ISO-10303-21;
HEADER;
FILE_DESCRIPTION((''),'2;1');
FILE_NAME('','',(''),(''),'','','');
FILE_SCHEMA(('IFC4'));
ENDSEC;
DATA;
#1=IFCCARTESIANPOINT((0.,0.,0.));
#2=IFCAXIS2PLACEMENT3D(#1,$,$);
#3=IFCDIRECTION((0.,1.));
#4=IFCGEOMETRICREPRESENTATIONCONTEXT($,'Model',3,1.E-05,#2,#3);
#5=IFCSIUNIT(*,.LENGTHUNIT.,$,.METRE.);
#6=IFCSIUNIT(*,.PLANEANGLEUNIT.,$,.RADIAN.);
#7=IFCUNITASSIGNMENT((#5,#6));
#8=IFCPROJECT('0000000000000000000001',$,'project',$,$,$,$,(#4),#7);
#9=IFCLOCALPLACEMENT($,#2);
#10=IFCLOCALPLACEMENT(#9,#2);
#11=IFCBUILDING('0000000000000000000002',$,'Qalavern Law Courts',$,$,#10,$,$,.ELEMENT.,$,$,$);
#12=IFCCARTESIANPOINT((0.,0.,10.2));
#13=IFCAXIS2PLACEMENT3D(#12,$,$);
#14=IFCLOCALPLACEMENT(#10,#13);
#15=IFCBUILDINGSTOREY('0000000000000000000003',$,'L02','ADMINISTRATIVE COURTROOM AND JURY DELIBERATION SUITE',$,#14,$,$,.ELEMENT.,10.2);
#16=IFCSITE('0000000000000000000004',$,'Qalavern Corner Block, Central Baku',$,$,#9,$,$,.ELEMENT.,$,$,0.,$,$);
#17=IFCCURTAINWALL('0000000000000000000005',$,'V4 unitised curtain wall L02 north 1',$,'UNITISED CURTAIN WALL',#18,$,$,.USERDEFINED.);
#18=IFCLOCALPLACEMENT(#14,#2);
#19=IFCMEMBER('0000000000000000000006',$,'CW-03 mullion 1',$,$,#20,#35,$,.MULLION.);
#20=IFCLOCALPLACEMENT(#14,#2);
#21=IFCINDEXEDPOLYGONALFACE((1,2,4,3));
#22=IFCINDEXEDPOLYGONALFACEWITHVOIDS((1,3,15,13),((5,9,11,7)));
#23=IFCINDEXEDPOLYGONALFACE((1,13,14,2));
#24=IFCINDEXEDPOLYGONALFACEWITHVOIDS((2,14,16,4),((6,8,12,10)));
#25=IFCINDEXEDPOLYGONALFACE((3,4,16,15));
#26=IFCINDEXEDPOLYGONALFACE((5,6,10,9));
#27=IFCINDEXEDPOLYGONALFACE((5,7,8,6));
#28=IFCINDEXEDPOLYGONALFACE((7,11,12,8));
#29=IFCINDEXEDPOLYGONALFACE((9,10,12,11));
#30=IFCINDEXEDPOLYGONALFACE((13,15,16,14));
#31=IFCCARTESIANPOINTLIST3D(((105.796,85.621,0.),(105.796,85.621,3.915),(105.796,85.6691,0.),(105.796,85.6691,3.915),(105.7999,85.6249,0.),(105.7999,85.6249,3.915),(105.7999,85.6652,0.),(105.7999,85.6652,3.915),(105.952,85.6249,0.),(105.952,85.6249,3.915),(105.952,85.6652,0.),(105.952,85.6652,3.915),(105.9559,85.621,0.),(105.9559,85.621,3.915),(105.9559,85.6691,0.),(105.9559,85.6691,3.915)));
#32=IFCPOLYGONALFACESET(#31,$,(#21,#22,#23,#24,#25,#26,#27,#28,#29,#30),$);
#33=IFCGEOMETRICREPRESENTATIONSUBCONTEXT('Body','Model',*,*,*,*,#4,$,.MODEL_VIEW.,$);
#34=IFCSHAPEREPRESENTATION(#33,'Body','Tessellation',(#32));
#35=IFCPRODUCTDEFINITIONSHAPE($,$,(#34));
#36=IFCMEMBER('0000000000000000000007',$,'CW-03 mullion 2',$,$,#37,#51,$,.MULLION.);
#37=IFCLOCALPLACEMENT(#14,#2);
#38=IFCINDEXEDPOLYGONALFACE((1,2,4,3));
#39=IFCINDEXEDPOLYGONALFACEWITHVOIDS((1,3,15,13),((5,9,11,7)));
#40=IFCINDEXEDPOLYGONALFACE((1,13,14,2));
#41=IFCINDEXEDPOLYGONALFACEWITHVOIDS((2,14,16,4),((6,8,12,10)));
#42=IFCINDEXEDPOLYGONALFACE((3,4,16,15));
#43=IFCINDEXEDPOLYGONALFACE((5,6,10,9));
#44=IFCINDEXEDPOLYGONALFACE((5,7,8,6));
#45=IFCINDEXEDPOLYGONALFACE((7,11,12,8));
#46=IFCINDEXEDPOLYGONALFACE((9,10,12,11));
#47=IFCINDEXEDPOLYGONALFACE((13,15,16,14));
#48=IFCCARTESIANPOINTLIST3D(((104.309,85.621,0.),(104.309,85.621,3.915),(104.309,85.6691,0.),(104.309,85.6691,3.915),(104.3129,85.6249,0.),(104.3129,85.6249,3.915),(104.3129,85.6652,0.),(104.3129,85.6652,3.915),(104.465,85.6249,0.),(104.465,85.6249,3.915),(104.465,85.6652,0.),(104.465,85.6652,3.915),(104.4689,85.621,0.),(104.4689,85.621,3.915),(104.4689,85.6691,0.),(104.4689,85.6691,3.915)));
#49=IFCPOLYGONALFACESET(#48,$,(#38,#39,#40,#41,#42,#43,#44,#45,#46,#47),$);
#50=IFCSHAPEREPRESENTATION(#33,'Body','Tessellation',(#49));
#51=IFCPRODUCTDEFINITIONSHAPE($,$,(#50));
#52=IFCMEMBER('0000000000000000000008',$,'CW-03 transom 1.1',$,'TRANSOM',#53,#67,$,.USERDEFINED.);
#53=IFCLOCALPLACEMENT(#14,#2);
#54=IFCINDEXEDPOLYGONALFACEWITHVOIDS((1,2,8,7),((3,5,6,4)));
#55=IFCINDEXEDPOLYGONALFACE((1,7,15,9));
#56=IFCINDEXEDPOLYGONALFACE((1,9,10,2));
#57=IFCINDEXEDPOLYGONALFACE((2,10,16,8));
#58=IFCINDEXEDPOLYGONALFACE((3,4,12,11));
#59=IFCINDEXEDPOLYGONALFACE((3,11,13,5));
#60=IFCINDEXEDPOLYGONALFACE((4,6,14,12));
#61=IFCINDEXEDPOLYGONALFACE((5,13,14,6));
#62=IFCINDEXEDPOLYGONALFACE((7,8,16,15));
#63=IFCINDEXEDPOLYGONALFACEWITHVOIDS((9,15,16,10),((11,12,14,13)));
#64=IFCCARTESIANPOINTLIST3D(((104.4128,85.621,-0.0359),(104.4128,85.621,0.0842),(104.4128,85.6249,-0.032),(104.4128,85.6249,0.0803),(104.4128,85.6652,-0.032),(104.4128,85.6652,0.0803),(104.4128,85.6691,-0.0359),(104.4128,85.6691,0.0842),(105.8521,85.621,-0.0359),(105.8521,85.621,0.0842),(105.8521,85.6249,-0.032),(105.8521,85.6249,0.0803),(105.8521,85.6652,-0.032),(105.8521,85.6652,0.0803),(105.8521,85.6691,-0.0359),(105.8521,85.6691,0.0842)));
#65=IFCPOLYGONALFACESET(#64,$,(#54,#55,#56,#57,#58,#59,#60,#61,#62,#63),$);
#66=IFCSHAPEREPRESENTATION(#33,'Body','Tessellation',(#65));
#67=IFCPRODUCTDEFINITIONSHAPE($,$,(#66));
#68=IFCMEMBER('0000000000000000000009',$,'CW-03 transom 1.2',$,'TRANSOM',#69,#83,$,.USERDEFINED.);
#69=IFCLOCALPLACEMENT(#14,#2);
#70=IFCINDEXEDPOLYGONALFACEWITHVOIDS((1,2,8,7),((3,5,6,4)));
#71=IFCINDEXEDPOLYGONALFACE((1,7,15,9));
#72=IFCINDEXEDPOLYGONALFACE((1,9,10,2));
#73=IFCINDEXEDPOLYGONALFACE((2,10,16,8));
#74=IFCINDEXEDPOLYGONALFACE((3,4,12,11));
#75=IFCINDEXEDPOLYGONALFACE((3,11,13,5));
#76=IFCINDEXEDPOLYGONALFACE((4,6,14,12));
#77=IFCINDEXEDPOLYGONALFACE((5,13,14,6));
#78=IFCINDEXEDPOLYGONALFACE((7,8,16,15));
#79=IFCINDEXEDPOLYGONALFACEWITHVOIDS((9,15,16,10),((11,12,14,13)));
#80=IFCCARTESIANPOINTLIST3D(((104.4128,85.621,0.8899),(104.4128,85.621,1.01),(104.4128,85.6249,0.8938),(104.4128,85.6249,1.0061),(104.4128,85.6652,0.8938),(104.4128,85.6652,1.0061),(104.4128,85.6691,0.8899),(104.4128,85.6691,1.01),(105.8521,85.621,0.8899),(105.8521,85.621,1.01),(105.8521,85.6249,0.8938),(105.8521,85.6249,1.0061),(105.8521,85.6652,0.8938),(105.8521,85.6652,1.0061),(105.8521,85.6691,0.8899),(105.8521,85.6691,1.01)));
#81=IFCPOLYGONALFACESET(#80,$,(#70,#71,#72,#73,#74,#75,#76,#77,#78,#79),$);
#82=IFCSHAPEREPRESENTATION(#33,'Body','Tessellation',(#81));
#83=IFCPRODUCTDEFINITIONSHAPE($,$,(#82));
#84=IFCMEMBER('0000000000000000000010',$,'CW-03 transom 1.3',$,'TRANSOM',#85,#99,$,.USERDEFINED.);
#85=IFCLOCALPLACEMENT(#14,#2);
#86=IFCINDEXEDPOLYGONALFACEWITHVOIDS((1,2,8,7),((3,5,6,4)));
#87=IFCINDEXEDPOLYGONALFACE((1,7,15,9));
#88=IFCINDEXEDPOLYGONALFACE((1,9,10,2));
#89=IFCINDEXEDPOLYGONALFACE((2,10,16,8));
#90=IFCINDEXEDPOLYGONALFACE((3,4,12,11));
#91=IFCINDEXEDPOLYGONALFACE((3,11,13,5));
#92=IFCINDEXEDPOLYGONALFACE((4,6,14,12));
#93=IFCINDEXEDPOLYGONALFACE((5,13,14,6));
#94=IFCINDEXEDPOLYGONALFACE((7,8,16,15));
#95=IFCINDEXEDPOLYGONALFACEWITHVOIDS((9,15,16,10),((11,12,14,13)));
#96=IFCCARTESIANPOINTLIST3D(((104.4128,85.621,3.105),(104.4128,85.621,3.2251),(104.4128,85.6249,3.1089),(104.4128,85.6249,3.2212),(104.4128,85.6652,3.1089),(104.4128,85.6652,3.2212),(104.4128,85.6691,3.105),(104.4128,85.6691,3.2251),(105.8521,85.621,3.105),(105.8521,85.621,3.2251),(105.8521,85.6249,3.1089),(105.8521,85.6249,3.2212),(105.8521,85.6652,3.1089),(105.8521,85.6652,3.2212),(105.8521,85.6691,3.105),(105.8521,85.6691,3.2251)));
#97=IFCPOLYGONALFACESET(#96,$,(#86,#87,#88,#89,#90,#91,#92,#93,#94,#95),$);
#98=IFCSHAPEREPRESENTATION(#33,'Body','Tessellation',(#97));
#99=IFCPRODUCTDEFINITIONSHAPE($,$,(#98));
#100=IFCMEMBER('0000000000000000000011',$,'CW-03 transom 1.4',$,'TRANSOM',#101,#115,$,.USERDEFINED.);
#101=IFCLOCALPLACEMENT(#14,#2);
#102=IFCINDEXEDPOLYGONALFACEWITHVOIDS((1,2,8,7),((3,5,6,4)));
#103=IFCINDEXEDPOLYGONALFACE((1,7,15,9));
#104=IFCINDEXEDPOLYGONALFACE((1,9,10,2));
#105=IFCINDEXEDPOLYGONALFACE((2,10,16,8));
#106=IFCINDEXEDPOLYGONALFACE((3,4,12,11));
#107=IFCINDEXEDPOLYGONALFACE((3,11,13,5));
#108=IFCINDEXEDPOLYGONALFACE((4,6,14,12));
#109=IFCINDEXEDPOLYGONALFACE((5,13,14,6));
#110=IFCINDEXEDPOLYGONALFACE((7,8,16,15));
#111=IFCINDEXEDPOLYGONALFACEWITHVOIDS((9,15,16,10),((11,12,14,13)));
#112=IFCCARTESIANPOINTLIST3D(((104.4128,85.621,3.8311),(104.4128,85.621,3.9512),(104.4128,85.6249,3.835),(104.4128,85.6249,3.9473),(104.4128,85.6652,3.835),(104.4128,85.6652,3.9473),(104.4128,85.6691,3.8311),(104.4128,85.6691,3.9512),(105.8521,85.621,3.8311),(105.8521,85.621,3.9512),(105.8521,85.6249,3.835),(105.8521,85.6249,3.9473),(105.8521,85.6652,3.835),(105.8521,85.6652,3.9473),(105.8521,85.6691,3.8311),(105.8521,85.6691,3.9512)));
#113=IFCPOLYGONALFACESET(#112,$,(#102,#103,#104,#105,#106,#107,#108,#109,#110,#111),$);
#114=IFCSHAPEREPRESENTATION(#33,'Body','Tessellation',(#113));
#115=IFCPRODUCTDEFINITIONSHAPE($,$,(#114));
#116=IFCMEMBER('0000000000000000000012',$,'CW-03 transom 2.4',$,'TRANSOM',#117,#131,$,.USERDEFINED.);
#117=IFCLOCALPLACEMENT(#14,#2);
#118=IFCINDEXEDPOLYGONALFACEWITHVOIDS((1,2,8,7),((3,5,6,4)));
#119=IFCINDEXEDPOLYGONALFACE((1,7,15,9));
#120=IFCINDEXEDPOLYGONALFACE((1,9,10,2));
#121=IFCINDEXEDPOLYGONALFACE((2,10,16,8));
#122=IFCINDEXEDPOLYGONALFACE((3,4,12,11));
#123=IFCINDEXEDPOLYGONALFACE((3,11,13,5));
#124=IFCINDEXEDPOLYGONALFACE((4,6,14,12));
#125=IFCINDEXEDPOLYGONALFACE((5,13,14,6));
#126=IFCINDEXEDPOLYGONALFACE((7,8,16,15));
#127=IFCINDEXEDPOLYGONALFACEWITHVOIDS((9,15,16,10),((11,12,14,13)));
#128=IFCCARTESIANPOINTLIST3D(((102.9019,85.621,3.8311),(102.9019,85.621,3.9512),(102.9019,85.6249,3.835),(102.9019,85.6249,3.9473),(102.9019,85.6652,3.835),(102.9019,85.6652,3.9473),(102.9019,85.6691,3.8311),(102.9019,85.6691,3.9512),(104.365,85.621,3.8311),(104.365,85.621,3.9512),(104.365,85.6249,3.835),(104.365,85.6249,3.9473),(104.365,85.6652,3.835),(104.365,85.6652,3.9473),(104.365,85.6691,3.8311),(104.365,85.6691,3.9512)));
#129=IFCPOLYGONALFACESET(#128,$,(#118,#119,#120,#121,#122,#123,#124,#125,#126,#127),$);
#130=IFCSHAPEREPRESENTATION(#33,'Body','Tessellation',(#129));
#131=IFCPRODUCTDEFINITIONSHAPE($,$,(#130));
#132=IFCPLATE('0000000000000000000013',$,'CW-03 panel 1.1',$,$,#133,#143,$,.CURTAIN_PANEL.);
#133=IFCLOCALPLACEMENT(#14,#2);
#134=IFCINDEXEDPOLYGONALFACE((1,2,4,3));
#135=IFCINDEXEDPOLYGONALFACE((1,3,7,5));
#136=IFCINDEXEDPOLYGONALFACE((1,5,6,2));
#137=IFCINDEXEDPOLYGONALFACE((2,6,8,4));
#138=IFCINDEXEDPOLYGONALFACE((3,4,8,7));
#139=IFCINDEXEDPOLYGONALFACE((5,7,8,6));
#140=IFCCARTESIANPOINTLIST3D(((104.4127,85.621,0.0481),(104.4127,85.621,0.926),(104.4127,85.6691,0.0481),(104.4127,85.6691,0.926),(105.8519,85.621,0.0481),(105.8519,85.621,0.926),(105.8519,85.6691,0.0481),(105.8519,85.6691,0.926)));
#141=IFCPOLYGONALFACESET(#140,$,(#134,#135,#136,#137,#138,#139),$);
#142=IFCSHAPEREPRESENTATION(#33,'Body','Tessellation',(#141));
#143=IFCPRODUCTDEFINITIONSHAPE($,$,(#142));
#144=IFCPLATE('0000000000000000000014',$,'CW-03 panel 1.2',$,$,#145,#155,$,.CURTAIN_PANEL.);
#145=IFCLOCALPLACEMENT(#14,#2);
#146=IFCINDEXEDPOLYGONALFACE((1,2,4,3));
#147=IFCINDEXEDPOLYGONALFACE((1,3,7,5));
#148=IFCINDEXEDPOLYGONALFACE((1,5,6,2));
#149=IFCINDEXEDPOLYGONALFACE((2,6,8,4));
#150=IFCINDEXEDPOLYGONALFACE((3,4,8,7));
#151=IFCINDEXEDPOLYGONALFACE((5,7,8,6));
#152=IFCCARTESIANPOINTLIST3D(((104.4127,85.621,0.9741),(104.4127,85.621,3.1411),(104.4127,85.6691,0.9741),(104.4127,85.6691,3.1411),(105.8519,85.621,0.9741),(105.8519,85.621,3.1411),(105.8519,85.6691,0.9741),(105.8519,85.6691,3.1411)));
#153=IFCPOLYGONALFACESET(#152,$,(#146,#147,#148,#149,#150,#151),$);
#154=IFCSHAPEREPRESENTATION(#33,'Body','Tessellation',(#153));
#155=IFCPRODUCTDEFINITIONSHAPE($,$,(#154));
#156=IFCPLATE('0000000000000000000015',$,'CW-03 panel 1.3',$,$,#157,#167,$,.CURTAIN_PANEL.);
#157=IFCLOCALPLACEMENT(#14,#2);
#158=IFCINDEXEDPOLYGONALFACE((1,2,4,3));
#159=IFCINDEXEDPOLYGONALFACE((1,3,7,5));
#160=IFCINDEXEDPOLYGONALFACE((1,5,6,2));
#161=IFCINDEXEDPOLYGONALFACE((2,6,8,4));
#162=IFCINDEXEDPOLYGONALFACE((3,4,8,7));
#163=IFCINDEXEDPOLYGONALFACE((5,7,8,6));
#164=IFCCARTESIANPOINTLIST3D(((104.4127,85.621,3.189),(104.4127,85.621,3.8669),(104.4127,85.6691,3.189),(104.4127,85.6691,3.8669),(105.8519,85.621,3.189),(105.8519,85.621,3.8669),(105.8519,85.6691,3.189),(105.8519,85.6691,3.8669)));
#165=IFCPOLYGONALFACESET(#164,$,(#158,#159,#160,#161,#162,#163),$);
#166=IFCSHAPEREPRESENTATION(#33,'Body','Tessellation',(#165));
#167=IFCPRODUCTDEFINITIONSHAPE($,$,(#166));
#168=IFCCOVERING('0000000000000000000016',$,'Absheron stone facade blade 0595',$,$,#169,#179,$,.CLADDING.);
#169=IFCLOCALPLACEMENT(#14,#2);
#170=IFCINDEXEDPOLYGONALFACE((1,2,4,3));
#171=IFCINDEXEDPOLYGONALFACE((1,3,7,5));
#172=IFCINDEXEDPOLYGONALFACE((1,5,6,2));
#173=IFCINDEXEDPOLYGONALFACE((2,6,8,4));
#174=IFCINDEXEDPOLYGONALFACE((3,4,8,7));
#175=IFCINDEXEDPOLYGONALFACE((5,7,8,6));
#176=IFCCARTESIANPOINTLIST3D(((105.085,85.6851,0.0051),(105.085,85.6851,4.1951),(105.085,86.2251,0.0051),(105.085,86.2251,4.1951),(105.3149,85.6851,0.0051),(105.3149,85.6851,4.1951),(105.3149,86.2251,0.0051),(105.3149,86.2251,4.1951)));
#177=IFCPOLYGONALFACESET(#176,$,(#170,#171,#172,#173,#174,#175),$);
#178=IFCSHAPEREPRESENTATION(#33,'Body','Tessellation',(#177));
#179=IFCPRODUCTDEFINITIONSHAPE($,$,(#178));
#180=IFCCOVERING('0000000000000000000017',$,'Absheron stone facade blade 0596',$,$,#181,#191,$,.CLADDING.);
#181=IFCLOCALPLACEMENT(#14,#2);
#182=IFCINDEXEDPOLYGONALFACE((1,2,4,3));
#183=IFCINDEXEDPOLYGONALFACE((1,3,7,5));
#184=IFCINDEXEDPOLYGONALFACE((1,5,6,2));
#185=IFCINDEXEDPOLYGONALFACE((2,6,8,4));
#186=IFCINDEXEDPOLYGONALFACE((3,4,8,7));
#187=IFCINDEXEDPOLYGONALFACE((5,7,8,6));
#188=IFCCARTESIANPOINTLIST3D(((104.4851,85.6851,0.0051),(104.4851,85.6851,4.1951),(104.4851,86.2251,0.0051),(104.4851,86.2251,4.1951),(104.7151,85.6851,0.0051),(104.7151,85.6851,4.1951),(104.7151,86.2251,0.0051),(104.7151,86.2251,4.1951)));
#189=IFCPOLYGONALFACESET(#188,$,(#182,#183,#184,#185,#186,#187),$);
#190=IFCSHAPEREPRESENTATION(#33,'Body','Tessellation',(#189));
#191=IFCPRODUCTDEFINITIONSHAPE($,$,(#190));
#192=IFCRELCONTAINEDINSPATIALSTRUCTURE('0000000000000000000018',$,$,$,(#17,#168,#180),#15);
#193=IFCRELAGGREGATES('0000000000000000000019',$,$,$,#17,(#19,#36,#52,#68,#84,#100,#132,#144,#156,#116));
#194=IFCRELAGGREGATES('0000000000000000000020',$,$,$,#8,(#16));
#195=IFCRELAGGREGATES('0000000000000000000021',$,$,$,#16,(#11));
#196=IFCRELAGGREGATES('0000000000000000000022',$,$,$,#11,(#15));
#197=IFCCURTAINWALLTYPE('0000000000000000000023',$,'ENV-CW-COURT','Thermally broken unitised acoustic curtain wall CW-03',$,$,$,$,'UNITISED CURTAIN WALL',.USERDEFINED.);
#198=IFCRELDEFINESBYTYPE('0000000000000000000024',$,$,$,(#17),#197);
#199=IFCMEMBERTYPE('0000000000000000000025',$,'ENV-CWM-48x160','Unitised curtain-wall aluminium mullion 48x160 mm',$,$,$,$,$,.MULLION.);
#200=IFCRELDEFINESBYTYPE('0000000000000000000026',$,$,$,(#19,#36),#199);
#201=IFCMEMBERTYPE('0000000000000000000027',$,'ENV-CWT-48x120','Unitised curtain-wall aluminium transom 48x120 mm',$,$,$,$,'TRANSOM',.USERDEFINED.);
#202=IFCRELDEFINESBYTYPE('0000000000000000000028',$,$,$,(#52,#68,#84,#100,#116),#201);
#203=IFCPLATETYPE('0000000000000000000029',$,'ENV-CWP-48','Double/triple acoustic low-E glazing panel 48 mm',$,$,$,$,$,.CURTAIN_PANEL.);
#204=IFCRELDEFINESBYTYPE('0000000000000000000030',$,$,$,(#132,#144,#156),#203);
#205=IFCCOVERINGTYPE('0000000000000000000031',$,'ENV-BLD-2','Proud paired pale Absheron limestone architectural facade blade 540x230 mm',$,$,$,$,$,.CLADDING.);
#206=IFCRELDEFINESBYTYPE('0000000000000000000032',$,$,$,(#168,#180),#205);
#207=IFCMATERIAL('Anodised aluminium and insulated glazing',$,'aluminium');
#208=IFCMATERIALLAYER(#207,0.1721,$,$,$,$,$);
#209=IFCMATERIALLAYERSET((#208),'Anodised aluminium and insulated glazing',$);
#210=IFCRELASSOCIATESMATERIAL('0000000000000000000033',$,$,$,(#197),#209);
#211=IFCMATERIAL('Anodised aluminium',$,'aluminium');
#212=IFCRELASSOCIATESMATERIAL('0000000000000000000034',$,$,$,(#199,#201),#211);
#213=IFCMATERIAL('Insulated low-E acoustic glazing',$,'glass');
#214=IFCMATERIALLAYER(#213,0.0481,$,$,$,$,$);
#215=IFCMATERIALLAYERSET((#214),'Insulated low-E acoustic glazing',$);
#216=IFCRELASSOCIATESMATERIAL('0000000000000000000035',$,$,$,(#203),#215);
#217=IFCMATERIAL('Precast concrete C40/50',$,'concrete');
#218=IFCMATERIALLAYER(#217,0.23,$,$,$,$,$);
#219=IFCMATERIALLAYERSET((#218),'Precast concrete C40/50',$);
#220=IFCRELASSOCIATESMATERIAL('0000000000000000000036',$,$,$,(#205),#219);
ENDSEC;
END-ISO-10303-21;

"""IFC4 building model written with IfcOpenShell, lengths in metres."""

from ifc_helpers import new_model, si_unit, direction, frame, origin, origin_2d, place, context, subcontext, project, spatial, rectangle, hollow_rectangle, extrude, material, layer, layer_set, material_profile, profile_set, type_object, element, aggregate, save


model = new_model("IFC4")

# Units and contexts
model_context = context("Model", 3, precision=1e-05, world=origin(), true_north=direction((0.0, 1.0)))
body_context = subcontext(model_context, "Body", "Model", "MODEL_VIEW")
ifc_project = project(units=[si_unit("LENGTHUNIT", "METRE"), si_unit("PLANEANGLEUNIT", "RADIAN")], contexts=[model_context])

# Site, building, storey
site_placement = place(None, origin())
site = spatial("IfcSite", under=ifc_project, at=site_placement, Name="Qalavern Corner Block, Central Baku", CompositionType="ELEMENT", RefElevation=0.0)
building_placement = place(site_placement, origin())
building = spatial("IfcBuilding", under=site, at=building_placement, Name="Qalavern Law Courts", CompositionType="ELEMENT")
storey_placement = place(building_placement, frame((0.0, 0.0, 10.2)))
storey = spatial("IfcBuildingStorey", under=building, at=storey_placement, Name="L02", Description="ADMINISTRATIVE COURTROOM AND JURY DELIBERATION SUITE", CompositionType="ELEMENT", Elevation=10.2)

# Curtain wall, members, plates
ifc_material_1 = material(Name="Anodised aluminium and insulated glazing", Category="aluminium")
ifc_layer_1 = layer(ifc_material_1, 0.1721)
ifc_layer_set_1 = layer_set([ifc_layer_1], Name="Anodised aluminium and insulated glazing")
curtain_wall_type = type_object("IfcCurtainWallType", Name="ENV-CW-COURT", Description="Thermally broken unitised acoustic curtain wall CW-03", ElementType="UNITISED CURTAIN WALL", PredefinedType="USERDEFINED", material=ifc_layer_set_1)
curtain_wall_placement = place(storey_placement, origin())
curtain_wall = element("IfcCurtainWall", 1, at=curtain_wall_placement, inside=storey, type_object=curtain_wall_type, Name="V4 unitised curtain wall L02 north 1", ObjectType="UNITISED CURTAIN WALL", PredefinedType="USERDEFINED")
ifc_material_2 = material(Name="Anodised aluminium", Category="aluminium")
ifc_material_profile_1 = material_profile(ifc_material_2, hollow_rectangle(XDim=0.0481, YDim=0.1599, WallThickness=0.0039, at=origin_2d()), Name="ALU MULLION 48x160")
ifc_profile_set_1 = profile_set([ifc_material_profile_1], Name="Anodised aluminium")
member_type_1 = type_object("IfcMemberType", Name="ENV-CWM-48x160", Description="Unitised curtain-wall aluminium mullion 48x160 mm", PredefinedType="MULLION", material=ifc_profile_set_1)
member_1_placement = place(storey_placement, frame((105.876, 85.645, 0.0), z_axis=(0.0, 0.0, 1.0), x_axis=(0.0, -1.0, 0.0)))
member_1 = element("IfcMember", 2, at=member_1_placement, type_object=member_type_1, Name="CW-03 mullion 1", PredefinedType="MULLION", context=body_context, shape_type="SweptSolid", body=[
    extrude(hollow_rectangle(XDim=0.0481, YDim=0.1599, WallThickness=0.0039, at=origin_2d()), origin(), (0.0, 0.0, 1.0), 3.915),
])
member_2_placement = place(storey_placement, frame((104.3889, 85.645, 0.0), z_axis=(0.0, 0.0, 1.0), x_axis=(0.0, -1.0, 0.0)))
member_2 = element("IfcMember", 3, at=member_2_placement, type_object=member_type_1, Name="CW-03 mullion 2", PredefinedType="MULLION", context=body_context, shape_type="SweptSolid", body=[
    extrude(hollow_rectangle(XDim=0.0481, YDim=0.1599, WallThickness=0.0039, at=origin_2d()), origin(), (0.0, 0.0, 1.0), 3.915),
])
ifc_material_profile_2 = material_profile(ifc_material_2, hollow_rectangle(XDim=0.0481, YDim=0.1201, WallThickness=0.0039, at=origin_2d()), Name="ALU TRANSOM 48x120")
ifc_profile_set_2 = profile_set([ifc_material_profile_2], Name="Anodised aluminium")
member_type_2 = type_object("IfcMemberType", Name="ENV-CWT-48x120", Description="Unitised curtain-wall aluminium transom 48x120 mm", ElementType="TRANSOM", PredefinedType="USERDEFINED", material=ifc_profile_set_2)
member_3_placement = place(storey_placement, frame((105.8521, 85.645, 0.0242), z_axis=(-1.0, 0.0, 0.0), x_axis=(0.0, -1.0, 0.0)))
member_3 = element("IfcMember", 4, at=member_3_placement, type_object=member_type_2, Name="CW-03 transom 1.1", ObjectType="TRANSOM", PredefinedType="USERDEFINED", context=body_context, shape_type="SweptSolid", body=[
    extrude(hollow_rectangle(XDim=0.0481, YDim=0.1201, WallThickness=0.0039, at=origin_2d()), origin(), (0.0, 0.0, 1.0), 1.4392),
])
member_4_placement = place(storey_placement, frame((105.8521, 85.645, 0.95), z_axis=(-1.0, 0.0, 0.0), x_axis=(0.0, -1.0, 0.0)))
member_4 = element("IfcMember", 5, at=member_4_placement, type_object=member_type_2, Name="CW-03 transom 1.2", ObjectType="TRANSOM", PredefinedType="USERDEFINED", context=body_context, shape_type="SweptSolid", body=[
    extrude(hollow_rectangle(XDim=0.0481, YDim=0.1201, WallThickness=0.0039, at=origin_2d()), origin(), (0.0, 0.0, 1.0), 1.4392),
])
member_5_placement = place(storey_placement, frame((105.8521, 85.645, 3.165), z_axis=(-1.0, 0.0, 0.0), x_axis=(0.0, -1.0, 0.0)))
member_5 = element("IfcMember", 6, at=member_5_placement, type_object=member_type_2, Name="CW-03 transom 1.3", ObjectType="TRANSOM", PredefinedType="USERDEFINED", context=body_context, shape_type="SweptSolid", body=[
    extrude(hollow_rectangle(XDim=0.0481, YDim=0.1201, WallThickness=0.0039, at=origin_2d()), origin(), (0.0, 0.0, 1.0), 1.4392),
])
member_6_placement = place(storey_placement, frame((105.8521, 85.645, 3.8911), z_axis=(-1.0, 0.0, 0.0), x_axis=(0.0, -1.0, 0.0)))
member_6 = element("IfcMember", 7, at=member_6_placement, type_object=member_type_2, Name="CW-03 transom 1.4", ObjectType="TRANSOM", PredefinedType="USERDEFINED", context=body_context, shape_type="SweptSolid", body=[
    extrude(hollow_rectangle(XDim=0.0481, YDim=0.1201, WallThickness=0.0039, at=origin_2d()), origin(), (0.0, 0.0, 1.0), 1.4392),
])
member_7_placement = place(storey_placement, frame((104.365, 85.645, 3.8911), z_axis=(-1.0, 0.0, 0.0), x_axis=(0.0, -1.0, 0.0)))
member_7 = element("IfcMember", 8, at=member_7_placement, type_object=member_type_2, Name="CW-03 transom 2.4", ObjectType="TRANSOM", PredefinedType="USERDEFINED", context=body_context, shape_type="SweptSolid", body=[
    extrude(hollow_rectangle(XDim=0.0481, YDim=0.1201, WallThickness=0.0039, at=origin_2d()), origin(), (0.0, 0.0, 1.0), 1.4631),
])
ifc_material_3 = material(Name="Insulated low-E acoustic glazing", Category="glass")
ifc_layer_2 = layer(ifc_material_3, 0.0481)
ifc_layer_set_2 = layer_set([ifc_layer_2], Name="Insulated low-E acoustic glazing")
plate_type = type_object("IfcPlateType", Name="ENV-CWP-48", Description="Double/triple acoustic low-E glazing panel 48 mm", PredefinedType="CURTAIN_PANEL", material=ifc_layer_set_2)
plate_1_placement = place(storey_placement, frame((105.1323, 85.645, 0.0481), z_axis=(0.0, 0.0, 1.0), x_axis=(-1.0, 0.0, 0.0)))
plate_1 = element("IfcPlate", 9, at=plate_1_placement, type_object=plate_type, Name="CW-03 panel 1.1", PredefinedType="CURTAIN_PANEL", context=body_context, shape_type="SweptSolid", body=[
    extrude(rectangle(XDim=1.4392, YDim=0.0481, at=origin_2d()), origin(), (0.0, 0.0, 1.0), 0.8779),
])
plate_2_placement = place(storey_placement, frame((105.1323, 85.645, 0.9741), z_axis=(0.0, 0.0, 1.0), x_axis=(-1.0, 0.0, 0.0)))
plate_2 = element("IfcPlate", 10, at=plate_2_placement, type_object=plate_type, Name="CW-03 panel 1.2", PredefinedType="CURTAIN_PANEL", context=body_context, shape_type="SweptSolid", body=[
    extrude(rectangle(XDim=1.4392, YDim=0.0481, at=origin_2d()), origin(), (0.0, 0.0, 1.0), 2.167),
])
plate_3_placement = place(storey_placement, frame((105.1323, 85.645, 3.189), z_axis=(0.0, 0.0, 1.0), x_axis=(-1.0, 0.0, 0.0)))
plate_3 = element("IfcPlate", 11, at=plate_3_placement, type_object=plate_type, Name="CW-03 panel 1.3", PredefinedType="CURTAIN_PANEL", context=body_context, shape_type="SweptSolid", body=[
    extrude(rectangle(XDim=1.4392, YDim=0.0481, at=origin_2d()), origin(), (0.0, 0.0, 1.0), 0.678),
])
aggregate(curtain_wall, [member_1, member_2, member_3, member_4, member_5, member_6, plate_1, plate_2, plate_3, member_7])

# Coverings
ifc_material_4 = material(Name="Precast concrete C40/50", Category="concrete")
ifc_layer_3 = layer(ifc_material_4, 0.23)
ifc_layer_set_3 = layer_set([ifc_layer_3], Name="Precast concrete C40/50")
covering_type_1 = type_object("IfcCoveringType", Name="ENV-BLD-2", Description="Proud paired pale Absheron limestone architectural facade blade 540x230 mm", PredefinedType="CLADDING", material=ifc_layer_set_3)
for number, where, z_axis, x_axis, name in (
    (12, (105.2, 85.9551, 0.0051), (0.0, 0.0, 1.0), (0.0, 1.0, 0.0), "Absheron stone facade blade 0595"),
    (13, (104.6001, 85.9551, 0.0051), (0.0, 0.0, 1.0), (0.0, 1.0, 0.0), "Absheron stone facade blade 0596"),
):
    element("IfcCovering", number, at=place(storey_placement, frame(where, z_axis=z_axis, x_axis=x_axis)), inside=storey, type_object=covering_type_1, Name=name, PredefinedType="CLADDING", context=body_context, shape_type="SweptSolid", body=[
        extrude(rectangle(XDim=0.54, YDim=0.23, at=origin_2d()), origin(), (0.0, 0.0, 1.0), 4.1899),
    ])

save(model, "model.ifc")
